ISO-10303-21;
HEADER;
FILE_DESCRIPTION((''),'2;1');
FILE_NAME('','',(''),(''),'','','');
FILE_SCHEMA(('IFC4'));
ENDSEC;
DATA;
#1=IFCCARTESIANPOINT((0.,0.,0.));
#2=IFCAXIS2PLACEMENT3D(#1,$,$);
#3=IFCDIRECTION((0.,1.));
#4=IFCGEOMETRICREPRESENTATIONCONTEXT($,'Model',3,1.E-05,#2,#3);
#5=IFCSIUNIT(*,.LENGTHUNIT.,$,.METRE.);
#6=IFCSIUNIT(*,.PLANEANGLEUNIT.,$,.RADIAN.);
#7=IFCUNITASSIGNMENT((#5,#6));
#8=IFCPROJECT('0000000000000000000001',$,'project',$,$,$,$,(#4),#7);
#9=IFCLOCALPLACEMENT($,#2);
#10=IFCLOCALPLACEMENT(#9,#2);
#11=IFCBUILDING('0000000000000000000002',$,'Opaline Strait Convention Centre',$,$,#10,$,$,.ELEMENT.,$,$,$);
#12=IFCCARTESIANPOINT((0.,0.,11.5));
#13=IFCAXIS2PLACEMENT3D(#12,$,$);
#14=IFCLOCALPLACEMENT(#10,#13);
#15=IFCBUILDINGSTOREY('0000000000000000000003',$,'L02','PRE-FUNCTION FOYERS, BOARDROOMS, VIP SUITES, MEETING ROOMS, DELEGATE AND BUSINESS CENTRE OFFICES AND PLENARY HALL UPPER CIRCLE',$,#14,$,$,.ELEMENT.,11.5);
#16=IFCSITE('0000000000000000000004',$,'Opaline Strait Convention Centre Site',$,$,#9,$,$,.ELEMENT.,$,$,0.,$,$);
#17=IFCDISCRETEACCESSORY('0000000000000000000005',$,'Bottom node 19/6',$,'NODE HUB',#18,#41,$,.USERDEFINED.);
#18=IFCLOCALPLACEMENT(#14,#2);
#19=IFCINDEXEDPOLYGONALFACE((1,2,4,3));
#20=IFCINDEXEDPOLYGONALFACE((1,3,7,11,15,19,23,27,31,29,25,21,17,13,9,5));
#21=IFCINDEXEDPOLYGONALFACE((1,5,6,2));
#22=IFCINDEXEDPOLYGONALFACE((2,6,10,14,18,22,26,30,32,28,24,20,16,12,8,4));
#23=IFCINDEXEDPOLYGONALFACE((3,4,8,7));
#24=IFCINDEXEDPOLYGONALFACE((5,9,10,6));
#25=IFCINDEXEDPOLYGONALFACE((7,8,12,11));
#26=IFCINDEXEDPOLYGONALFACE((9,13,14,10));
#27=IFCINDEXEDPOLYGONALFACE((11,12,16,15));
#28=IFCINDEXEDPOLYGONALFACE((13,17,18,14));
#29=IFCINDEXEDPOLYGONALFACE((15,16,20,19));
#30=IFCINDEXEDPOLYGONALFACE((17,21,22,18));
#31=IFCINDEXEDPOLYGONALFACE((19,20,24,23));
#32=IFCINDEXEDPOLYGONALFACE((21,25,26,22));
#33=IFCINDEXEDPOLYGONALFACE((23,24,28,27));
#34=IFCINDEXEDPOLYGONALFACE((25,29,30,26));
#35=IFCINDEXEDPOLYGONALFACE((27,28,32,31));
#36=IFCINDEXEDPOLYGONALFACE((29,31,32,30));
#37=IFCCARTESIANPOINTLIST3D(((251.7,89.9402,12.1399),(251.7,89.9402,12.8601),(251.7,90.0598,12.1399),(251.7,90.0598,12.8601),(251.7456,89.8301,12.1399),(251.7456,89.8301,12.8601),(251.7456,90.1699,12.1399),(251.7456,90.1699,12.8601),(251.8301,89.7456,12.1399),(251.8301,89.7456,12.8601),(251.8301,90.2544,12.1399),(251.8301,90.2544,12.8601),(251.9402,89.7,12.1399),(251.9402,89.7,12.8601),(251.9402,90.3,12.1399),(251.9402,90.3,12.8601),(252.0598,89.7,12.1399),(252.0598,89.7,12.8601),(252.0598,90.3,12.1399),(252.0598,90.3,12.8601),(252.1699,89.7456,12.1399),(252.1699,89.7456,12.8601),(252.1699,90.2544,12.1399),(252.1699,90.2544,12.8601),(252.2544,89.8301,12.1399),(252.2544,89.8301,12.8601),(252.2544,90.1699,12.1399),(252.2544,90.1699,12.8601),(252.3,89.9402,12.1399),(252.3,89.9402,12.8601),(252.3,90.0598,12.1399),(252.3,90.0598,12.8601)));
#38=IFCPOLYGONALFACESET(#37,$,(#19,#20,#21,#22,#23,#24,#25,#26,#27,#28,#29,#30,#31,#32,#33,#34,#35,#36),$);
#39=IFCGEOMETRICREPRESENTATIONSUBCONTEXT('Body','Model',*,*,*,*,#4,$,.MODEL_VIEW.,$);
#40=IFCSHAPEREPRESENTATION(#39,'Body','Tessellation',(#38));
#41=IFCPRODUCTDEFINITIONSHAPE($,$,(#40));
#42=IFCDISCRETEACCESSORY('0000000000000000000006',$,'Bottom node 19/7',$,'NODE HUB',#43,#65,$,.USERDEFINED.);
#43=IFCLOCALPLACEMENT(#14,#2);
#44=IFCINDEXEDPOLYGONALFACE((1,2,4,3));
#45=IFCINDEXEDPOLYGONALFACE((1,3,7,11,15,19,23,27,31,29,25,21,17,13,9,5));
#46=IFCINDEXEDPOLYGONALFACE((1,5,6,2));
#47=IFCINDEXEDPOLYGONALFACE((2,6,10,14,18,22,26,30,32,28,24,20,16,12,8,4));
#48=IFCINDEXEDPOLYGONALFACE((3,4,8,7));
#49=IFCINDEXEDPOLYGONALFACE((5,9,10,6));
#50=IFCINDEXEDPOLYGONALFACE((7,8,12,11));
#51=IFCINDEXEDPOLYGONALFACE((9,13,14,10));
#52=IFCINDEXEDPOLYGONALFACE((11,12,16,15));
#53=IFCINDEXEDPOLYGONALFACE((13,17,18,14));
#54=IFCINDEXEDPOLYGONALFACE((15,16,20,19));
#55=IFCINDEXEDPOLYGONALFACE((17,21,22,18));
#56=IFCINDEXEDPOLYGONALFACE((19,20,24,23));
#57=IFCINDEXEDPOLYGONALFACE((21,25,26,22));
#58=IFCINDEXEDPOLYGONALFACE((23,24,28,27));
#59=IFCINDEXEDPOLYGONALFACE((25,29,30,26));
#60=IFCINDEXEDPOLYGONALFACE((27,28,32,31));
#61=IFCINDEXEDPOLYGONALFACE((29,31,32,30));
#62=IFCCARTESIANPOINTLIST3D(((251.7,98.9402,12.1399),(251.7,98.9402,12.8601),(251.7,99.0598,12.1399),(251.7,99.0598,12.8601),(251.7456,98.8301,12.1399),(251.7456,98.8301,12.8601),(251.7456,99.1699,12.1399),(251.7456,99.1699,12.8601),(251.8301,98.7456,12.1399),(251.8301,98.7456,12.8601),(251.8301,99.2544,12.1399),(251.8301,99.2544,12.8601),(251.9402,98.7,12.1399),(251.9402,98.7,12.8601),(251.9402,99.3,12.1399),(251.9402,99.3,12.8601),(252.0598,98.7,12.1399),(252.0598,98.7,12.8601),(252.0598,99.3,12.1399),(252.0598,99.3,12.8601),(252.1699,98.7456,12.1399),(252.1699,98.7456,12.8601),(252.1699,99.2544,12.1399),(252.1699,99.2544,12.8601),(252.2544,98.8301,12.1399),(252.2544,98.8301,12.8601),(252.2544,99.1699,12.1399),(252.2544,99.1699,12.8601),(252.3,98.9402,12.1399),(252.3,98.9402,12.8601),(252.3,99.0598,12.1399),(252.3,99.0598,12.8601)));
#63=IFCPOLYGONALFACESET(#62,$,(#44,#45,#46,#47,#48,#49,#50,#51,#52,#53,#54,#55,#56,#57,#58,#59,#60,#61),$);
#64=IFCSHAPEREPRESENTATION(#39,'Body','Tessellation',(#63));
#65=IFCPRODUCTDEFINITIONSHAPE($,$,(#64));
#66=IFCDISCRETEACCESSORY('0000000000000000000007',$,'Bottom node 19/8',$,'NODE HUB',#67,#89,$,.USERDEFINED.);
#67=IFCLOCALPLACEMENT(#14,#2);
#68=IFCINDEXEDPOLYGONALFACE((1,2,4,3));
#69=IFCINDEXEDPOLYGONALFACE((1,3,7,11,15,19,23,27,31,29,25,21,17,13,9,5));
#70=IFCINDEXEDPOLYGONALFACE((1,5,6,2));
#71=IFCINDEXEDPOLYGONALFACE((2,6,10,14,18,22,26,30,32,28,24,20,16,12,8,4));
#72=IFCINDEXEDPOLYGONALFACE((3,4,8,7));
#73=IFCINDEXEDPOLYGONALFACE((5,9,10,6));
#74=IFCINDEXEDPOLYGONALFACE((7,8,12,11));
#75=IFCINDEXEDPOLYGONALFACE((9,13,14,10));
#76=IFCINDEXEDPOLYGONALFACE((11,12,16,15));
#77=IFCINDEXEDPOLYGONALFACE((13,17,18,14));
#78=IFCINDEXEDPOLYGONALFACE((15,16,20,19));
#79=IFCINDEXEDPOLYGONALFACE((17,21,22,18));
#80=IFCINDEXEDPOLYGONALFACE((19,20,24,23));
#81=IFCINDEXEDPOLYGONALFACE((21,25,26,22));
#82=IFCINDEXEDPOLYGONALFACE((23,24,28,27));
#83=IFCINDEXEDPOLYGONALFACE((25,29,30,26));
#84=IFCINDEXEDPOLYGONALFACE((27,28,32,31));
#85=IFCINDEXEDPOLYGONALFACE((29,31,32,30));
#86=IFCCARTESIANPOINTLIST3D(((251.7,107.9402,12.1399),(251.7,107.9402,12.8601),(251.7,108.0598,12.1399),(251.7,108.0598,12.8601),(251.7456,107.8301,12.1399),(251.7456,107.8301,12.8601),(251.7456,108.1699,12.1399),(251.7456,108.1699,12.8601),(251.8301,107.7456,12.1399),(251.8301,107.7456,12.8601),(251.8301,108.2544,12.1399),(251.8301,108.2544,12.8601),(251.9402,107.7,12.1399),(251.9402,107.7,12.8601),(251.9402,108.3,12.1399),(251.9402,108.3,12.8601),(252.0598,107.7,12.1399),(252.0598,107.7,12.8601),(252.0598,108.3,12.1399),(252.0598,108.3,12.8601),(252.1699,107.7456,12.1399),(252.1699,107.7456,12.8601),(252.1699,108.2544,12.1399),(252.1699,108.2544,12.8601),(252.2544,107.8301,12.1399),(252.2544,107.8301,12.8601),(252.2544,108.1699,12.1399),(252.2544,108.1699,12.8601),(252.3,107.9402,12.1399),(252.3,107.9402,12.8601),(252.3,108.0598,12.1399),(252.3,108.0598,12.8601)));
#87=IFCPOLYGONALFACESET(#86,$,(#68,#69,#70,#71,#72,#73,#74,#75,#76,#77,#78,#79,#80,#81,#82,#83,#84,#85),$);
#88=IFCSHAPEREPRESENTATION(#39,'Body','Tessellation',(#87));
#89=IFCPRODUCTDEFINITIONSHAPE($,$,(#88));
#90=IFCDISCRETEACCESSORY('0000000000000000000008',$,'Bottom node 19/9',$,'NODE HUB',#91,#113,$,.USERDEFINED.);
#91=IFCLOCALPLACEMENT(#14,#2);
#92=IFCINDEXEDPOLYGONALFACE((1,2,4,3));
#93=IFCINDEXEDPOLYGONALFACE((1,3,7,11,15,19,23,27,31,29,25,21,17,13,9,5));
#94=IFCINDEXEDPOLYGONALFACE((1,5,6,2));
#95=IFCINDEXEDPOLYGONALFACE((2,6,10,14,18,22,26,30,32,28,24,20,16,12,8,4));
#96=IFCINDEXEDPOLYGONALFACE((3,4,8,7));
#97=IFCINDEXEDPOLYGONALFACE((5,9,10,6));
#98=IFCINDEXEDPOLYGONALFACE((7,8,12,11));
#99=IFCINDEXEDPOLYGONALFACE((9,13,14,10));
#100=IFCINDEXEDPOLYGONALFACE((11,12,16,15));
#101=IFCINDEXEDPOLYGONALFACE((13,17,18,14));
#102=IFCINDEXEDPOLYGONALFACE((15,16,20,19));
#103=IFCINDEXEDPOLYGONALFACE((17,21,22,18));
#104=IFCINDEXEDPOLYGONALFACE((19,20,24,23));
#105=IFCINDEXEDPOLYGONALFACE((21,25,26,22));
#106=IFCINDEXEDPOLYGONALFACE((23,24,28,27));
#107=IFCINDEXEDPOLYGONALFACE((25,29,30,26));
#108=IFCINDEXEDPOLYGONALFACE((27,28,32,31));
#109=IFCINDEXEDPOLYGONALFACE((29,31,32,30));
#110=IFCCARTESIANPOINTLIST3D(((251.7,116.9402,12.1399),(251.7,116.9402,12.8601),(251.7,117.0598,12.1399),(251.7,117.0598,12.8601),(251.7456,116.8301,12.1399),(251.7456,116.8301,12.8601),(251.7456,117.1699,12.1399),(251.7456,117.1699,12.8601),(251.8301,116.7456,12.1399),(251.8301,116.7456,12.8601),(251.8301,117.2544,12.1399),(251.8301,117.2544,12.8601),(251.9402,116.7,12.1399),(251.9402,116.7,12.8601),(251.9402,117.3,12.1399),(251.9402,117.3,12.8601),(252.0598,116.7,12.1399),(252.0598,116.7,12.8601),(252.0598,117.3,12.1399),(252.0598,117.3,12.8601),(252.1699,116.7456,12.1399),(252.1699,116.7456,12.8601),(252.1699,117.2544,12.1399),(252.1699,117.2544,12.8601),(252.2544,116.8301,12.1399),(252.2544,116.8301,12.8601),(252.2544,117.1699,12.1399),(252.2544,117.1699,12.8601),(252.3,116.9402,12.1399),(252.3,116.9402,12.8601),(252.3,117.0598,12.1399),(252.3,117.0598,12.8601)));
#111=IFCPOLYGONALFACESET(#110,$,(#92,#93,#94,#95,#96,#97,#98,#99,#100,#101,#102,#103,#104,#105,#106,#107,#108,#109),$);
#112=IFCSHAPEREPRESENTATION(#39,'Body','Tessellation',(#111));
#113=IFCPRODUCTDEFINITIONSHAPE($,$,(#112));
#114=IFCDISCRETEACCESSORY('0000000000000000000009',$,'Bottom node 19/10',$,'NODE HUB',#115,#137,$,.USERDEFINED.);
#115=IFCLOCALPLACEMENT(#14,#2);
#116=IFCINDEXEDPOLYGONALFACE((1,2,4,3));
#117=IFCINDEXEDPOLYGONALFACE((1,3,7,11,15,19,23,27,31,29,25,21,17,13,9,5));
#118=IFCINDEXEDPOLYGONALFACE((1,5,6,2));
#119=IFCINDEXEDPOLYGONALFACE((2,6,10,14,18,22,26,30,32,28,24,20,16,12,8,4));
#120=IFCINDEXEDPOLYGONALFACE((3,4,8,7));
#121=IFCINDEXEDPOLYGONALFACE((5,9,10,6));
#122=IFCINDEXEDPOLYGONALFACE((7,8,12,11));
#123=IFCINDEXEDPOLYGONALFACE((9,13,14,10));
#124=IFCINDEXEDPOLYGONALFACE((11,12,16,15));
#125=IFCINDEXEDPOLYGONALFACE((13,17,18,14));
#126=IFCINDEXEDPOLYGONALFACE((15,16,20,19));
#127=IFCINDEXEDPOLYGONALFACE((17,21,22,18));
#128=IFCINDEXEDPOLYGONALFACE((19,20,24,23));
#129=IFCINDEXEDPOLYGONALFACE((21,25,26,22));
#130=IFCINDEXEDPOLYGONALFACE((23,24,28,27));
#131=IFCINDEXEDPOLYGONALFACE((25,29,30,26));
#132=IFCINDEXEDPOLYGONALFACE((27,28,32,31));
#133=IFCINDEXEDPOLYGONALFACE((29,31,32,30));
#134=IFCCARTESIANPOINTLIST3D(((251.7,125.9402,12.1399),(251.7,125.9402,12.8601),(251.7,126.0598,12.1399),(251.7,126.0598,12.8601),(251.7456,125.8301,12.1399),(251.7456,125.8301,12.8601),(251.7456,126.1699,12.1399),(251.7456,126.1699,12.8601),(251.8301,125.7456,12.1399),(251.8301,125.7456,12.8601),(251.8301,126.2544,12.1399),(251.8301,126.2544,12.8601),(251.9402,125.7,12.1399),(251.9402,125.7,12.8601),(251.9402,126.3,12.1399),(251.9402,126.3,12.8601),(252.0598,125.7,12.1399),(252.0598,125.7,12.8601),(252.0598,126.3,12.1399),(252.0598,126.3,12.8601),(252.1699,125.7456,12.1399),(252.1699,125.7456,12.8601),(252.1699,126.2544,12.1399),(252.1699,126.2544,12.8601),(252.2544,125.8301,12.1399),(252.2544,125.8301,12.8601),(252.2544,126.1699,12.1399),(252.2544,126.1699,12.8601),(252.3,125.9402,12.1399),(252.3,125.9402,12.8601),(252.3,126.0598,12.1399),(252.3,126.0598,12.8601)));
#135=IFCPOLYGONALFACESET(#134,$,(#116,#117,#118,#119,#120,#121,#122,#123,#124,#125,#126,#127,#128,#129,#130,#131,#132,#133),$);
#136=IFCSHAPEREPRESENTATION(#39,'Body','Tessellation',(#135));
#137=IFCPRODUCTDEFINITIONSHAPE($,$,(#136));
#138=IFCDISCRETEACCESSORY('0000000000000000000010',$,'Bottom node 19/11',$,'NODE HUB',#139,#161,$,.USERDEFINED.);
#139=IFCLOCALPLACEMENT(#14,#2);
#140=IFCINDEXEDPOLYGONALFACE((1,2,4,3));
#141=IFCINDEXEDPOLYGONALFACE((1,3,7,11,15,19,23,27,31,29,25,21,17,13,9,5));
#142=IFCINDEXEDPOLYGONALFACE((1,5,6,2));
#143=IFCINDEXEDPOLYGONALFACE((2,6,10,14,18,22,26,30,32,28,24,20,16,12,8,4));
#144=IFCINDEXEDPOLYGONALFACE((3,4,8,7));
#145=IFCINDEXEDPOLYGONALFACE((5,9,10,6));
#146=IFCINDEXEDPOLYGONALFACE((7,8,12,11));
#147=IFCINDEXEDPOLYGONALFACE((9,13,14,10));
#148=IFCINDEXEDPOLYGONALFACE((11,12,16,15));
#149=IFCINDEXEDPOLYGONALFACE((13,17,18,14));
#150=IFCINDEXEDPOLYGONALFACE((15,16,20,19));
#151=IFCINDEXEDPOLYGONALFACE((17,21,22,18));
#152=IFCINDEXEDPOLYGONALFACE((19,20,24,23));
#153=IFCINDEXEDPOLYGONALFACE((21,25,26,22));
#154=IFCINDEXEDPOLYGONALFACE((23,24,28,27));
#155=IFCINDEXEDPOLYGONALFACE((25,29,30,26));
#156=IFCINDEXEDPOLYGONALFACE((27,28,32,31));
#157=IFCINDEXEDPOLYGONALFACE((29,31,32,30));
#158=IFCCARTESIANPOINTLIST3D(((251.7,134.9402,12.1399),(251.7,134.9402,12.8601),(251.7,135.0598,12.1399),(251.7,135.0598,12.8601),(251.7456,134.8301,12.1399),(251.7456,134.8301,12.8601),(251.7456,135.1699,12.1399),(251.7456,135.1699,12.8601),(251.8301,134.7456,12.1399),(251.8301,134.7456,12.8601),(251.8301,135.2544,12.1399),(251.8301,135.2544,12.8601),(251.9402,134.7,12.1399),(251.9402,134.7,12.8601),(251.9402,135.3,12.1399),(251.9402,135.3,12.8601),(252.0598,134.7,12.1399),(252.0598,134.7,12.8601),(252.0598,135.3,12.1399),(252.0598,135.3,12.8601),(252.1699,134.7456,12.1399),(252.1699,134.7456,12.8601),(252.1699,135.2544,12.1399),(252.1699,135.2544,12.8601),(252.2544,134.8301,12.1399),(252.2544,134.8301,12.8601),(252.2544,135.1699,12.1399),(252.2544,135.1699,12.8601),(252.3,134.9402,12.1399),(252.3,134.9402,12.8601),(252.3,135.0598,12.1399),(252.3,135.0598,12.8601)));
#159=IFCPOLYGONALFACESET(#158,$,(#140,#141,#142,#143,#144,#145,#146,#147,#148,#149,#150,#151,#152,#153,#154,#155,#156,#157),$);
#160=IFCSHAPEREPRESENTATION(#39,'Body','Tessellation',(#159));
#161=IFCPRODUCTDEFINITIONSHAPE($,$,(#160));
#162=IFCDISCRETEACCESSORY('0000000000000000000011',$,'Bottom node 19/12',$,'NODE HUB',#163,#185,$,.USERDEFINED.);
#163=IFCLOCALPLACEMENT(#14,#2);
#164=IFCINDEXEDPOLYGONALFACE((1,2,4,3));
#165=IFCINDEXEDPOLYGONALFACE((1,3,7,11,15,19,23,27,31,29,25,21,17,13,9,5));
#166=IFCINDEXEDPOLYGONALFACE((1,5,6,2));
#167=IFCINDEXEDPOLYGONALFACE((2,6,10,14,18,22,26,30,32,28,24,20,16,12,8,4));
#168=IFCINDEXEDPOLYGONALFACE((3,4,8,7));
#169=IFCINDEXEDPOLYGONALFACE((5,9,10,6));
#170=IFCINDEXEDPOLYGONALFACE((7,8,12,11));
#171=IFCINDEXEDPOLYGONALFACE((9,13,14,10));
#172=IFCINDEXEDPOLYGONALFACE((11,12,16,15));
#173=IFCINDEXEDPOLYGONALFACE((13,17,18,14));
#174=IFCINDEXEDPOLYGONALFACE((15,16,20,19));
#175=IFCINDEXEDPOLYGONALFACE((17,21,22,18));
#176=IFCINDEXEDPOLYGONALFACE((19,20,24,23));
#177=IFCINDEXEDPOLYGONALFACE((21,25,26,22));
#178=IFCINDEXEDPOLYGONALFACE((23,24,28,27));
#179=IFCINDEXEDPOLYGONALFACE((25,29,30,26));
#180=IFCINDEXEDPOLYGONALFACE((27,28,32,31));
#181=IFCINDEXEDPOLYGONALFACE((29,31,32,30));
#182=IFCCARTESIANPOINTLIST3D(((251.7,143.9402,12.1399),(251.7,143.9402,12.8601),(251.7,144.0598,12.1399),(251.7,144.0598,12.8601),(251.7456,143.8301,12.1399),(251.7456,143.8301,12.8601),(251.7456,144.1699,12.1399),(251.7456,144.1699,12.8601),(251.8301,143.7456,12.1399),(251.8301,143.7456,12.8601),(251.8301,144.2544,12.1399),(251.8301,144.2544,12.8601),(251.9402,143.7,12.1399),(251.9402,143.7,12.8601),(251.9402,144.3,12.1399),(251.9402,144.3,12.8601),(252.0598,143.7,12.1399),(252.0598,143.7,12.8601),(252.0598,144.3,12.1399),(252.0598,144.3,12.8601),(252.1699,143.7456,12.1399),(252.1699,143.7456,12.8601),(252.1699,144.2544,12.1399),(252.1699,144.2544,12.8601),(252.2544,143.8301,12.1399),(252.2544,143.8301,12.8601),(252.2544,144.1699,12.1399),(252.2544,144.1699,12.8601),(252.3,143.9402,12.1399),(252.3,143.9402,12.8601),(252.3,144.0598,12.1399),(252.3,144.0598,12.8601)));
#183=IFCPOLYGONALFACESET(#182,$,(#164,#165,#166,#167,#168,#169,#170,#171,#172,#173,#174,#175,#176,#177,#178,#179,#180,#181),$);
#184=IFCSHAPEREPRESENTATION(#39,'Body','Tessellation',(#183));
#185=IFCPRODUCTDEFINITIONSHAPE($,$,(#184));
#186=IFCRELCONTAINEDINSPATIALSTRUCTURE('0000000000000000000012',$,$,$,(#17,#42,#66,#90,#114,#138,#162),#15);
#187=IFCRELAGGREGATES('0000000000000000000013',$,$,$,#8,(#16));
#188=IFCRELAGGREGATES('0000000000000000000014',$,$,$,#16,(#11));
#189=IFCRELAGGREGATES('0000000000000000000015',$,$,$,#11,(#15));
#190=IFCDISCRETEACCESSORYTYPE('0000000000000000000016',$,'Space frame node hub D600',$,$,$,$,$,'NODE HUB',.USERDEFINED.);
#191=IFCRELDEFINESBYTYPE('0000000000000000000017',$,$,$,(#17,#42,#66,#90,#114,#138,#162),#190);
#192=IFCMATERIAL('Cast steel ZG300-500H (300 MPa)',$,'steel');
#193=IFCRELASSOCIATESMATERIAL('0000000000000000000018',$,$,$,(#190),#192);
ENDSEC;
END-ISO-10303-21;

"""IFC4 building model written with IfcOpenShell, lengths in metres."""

from ifc_helpers import new_model, si_unit, direction, frame, origin, place, context, subcontext, project, spatial, polyline, outline, extrude, material, type_object, element, save


model = new_model("IFC4")

# Units and contexts
model_context = context("Model", 3, precision=1e-05, world=origin(), true_north=direction((0.0, 1.0)))
body_context = subcontext(model_context, "Body", "Model", "MODEL_VIEW")
ifc_project = project(units=[si_unit("LENGTHUNIT", "METRE"), si_unit("PLANEANGLEUNIT", "RADIAN")], contexts=[model_context])

# Site, building, storey
site_placement = place(None, origin())
site = spatial("IfcSite", under=ifc_project, at=site_placement, Name="Opaline Strait Convention Centre Site", CompositionType="ELEMENT", RefElevation=0.0)
building_placement = place(site_placement, origin())
building = spatial("IfcBuilding", under=site, at=building_placement, Name="Opaline Strait Convention Centre", CompositionType="ELEMENT")
storey_placement = place(building_placement, frame((0.0, 0.0, 11.5)))
storey = spatial("IfcBuildingStorey", under=building, at=storey_placement, Name="L02", Description="PRE-FUNCTION FOYERS, BOARDROOMS, VIP SUITES, MEETING ROOMS, DELEGATE AND BUSINESS CENTRE OFFICES AND PLENARY HALL UPPER CIRCLE", CompositionType="ELEMENT", Elevation=11.5)

# Discrete accessories
ifc_material = material(Name="Cast steel ZG300-500H (300 MPa)", Category="steel")
discrete_accessory_type_1 = type_object("IfcDiscreteAccessoryType", Name="Space frame node hub D600", ElementType="NODE HUB", PredefinedType="USERDEFINED", material=ifc_material)
discrete_accessory_1_placement = place(storey_placement, frame((0.0, 0.0, 12.1399)))
element("IfcDiscreteAccessory", 1, at=discrete_accessory_1_placement, inside=storey, type_object=discrete_accessory_type_1, Name="Bottom node 19/6", ObjectType="NODE HUB", PredefinedType="USERDEFINED", context=body_context, shape_type="SweptSolid", body=[
    extrude(outline(polyline([(252.3, 90.0598), (252.2544, 90.1699), (252.1699, 90.2544), (252.0598, 90.3), (251.9402, 90.3), (251.8301, 90.2544), (251.7456, 90.1699), (251.7, 90.0598), (251.7, 89.9402), (251.7456, 89.8301), (251.8301, 89.7456), (251.9402, 89.7), (252.0598, 89.7), (252.1699, 89.7456), (252.2544, 89.8301), (252.3, 89.9402), (252.3, 90.0598)])), origin(), (0.0, 0.0, 1.0), 0.7202),
])
discrete_accessory_2_placement = place(storey_placement, frame((0.0, 0.0, 12.1399)))
element("IfcDiscreteAccessory", 2, at=discrete_accessory_2_placement, inside=storey, type_object=discrete_accessory_type_1, Name="Bottom node 19/7", ObjectType="NODE HUB", PredefinedType="USERDEFINED", context=body_context, shape_type="SweptSolid", body=[
    extrude(outline(polyline([(252.3, 99.0598), (252.2544, 99.1699), (252.1699, 99.2544), (252.0598, 99.3), (251.9402, 99.3), (251.8301, 99.2544), (251.7456, 99.1699), (251.7, 99.0598), (251.7, 98.9402), (251.7456, 98.8301), (251.8301, 98.7456), (251.9402, 98.7), (252.0598, 98.7), (252.1699, 98.7456), (252.2544, 98.8301), (252.3, 98.9402), (252.3, 99.0598)])), origin(), (0.0, 0.0, 1.0), 0.7202),
])
discrete_accessory_3_placement = place(storey_placement, frame((0.0, 0.0, 12.1399)))
element("IfcDiscreteAccessory", 3, at=discrete_accessory_3_placement, inside=storey, type_object=discrete_accessory_type_1, Name="Bottom node 19/8", ObjectType="NODE HUB", PredefinedType="USERDEFINED", context=body_context, shape_type="SweptSolid", body=[
    extrude(outline(polyline([(252.3, 108.0598), (252.2544, 108.1699), (252.1699, 108.2544), (252.0598, 108.3), (251.9402, 108.3), (251.8301, 108.2544), (251.7456, 108.1699), (251.7, 108.0598), (251.7, 107.9402), (251.7456, 107.8301), (251.8301, 107.7456), (251.9402, 107.7), (252.0598, 107.7), (252.1699, 107.7456), (252.2544, 107.8301), (252.3, 107.9402), (252.3, 108.0598)])), origin(), (0.0, 0.0, 1.0), 0.7202),
])
discrete_accessory_4_placement = place(storey_placement, frame((0.0, 0.0, 12.1399)))
element("IfcDiscreteAccessory", 4, at=discrete_accessory_4_placement, inside=storey, type_object=discrete_accessory_type_1, Name="Bottom node 19/9", ObjectType="NODE HUB", PredefinedType="USERDEFINED", context=body_context, shape_type="SweptSolid", body=[
    extrude(outline(polyline([(252.3, 117.0598), (252.2544, 117.1699), (252.1699, 117.2544), (252.0598, 117.3), (251.9402, 117.3), (251.8301, 117.2544), (251.7456, 117.1699), (251.7, 117.0598), (251.7, 116.9402), (251.7456, 116.8301), (251.8301, 116.7456), (251.9402, 116.7), (252.0598, 116.7), (252.1699, 116.7456), (252.2544, 116.8301), (252.3, 116.9402), (252.3, 117.0598)])), origin(), (0.0, 0.0, 1.0), 0.7202),
])
discrete_accessory_5_placement = place(storey_placement, frame((0.0, 0.0, 12.1399)))
element("IfcDiscreteAccessory", 5, at=discrete_accessory_5_placement, inside=storey, type_object=discrete_accessory_type_1, Name="Bottom node 19/10", ObjectType="NODE HUB", PredefinedType="USERDEFINED", context=body_context, shape_type="SweptSolid", body=[
    extrude(outline(polyline([(252.3, 126.0598), (252.2544, 126.1699), (252.1699, 126.2544), (252.0598, 126.3), (251.9402, 126.3), (251.8301, 126.2544), (251.7456, 126.1699), (251.7, 126.0598), (251.7, 125.9402), (251.7456, 125.8301), (251.8301, 125.7456), (251.9402, 125.7), (252.0598, 125.7), (252.1699, 125.7456), (252.2544, 125.8301), (252.3, 125.9402), (252.3, 126.0598)])), origin(), (0.0, 0.0, 1.0), 0.7202),
])
discrete_accessory_6_placement = place(storey_placement, frame((0.0, 0.0, 12.1399)))
element("IfcDiscreteAccessory", 6, at=discrete_accessory_6_placement, inside=storey, type_object=discrete_accessory_type_1, Name="Bottom node 19/11", ObjectType="NODE HUB", PredefinedType="USERDEFINED", context=body_context, shape_type="SweptSolid", body=[
    extrude(outline(polyline([(252.3, 135.0598), (252.2544, 135.1699), (252.1699, 135.2544), (252.0598, 135.3), (251.9402, 135.3), (251.8301, 135.2544), (251.7456, 135.1699), (251.7, 135.0598), (251.7, 134.9402), (251.7456, 134.8301), (251.8301, 134.7456), (251.9402, 134.7), (252.0598, 134.7), (252.1699, 134.7456), (252.2544, 134.8301), (252.3, 134.9402), (252.3, 135.0598)])), origin(), (0.0, 0.0, 1.0), 0.7202),
])
discrete_accessory_7_placement = place(storey_placement, frame((0.0, 0.0, 12.1399)))
element("IfcDiscreteAccessory", 7, at=discrete_accessory_7_placement, inside=storey, type_object=discrete_accessory_type_1, Name="Bottom node 19/12", ObjectType="NODE HUB", PredefinedType="USERDEFINED", context=body_context, shape_type="SweptSolid", body=[
    extrude(outline(polyline([(252.3, 144.0598), (252.2544, 144.1699), (252.1699, 144.2544), (252.0598, 144.3), (251.9402, 144.3), (251.8301, 144.2544), (251.7456, 144.1699), (251.7, 144.0598), (251.7, 143.9402), (251.7456, 143.8301), (251.8301, 143.7456), (251.9402, 143.7), (252.0598, 143.7), (252.1699, 143.7456), (252.2544, 143.8301), (252.3, 143.9402), (252.3, 144.0598)])), origin(), (0.0, 0.0, 1.0), 0.7202),
])

save(model, "model.ifc")
